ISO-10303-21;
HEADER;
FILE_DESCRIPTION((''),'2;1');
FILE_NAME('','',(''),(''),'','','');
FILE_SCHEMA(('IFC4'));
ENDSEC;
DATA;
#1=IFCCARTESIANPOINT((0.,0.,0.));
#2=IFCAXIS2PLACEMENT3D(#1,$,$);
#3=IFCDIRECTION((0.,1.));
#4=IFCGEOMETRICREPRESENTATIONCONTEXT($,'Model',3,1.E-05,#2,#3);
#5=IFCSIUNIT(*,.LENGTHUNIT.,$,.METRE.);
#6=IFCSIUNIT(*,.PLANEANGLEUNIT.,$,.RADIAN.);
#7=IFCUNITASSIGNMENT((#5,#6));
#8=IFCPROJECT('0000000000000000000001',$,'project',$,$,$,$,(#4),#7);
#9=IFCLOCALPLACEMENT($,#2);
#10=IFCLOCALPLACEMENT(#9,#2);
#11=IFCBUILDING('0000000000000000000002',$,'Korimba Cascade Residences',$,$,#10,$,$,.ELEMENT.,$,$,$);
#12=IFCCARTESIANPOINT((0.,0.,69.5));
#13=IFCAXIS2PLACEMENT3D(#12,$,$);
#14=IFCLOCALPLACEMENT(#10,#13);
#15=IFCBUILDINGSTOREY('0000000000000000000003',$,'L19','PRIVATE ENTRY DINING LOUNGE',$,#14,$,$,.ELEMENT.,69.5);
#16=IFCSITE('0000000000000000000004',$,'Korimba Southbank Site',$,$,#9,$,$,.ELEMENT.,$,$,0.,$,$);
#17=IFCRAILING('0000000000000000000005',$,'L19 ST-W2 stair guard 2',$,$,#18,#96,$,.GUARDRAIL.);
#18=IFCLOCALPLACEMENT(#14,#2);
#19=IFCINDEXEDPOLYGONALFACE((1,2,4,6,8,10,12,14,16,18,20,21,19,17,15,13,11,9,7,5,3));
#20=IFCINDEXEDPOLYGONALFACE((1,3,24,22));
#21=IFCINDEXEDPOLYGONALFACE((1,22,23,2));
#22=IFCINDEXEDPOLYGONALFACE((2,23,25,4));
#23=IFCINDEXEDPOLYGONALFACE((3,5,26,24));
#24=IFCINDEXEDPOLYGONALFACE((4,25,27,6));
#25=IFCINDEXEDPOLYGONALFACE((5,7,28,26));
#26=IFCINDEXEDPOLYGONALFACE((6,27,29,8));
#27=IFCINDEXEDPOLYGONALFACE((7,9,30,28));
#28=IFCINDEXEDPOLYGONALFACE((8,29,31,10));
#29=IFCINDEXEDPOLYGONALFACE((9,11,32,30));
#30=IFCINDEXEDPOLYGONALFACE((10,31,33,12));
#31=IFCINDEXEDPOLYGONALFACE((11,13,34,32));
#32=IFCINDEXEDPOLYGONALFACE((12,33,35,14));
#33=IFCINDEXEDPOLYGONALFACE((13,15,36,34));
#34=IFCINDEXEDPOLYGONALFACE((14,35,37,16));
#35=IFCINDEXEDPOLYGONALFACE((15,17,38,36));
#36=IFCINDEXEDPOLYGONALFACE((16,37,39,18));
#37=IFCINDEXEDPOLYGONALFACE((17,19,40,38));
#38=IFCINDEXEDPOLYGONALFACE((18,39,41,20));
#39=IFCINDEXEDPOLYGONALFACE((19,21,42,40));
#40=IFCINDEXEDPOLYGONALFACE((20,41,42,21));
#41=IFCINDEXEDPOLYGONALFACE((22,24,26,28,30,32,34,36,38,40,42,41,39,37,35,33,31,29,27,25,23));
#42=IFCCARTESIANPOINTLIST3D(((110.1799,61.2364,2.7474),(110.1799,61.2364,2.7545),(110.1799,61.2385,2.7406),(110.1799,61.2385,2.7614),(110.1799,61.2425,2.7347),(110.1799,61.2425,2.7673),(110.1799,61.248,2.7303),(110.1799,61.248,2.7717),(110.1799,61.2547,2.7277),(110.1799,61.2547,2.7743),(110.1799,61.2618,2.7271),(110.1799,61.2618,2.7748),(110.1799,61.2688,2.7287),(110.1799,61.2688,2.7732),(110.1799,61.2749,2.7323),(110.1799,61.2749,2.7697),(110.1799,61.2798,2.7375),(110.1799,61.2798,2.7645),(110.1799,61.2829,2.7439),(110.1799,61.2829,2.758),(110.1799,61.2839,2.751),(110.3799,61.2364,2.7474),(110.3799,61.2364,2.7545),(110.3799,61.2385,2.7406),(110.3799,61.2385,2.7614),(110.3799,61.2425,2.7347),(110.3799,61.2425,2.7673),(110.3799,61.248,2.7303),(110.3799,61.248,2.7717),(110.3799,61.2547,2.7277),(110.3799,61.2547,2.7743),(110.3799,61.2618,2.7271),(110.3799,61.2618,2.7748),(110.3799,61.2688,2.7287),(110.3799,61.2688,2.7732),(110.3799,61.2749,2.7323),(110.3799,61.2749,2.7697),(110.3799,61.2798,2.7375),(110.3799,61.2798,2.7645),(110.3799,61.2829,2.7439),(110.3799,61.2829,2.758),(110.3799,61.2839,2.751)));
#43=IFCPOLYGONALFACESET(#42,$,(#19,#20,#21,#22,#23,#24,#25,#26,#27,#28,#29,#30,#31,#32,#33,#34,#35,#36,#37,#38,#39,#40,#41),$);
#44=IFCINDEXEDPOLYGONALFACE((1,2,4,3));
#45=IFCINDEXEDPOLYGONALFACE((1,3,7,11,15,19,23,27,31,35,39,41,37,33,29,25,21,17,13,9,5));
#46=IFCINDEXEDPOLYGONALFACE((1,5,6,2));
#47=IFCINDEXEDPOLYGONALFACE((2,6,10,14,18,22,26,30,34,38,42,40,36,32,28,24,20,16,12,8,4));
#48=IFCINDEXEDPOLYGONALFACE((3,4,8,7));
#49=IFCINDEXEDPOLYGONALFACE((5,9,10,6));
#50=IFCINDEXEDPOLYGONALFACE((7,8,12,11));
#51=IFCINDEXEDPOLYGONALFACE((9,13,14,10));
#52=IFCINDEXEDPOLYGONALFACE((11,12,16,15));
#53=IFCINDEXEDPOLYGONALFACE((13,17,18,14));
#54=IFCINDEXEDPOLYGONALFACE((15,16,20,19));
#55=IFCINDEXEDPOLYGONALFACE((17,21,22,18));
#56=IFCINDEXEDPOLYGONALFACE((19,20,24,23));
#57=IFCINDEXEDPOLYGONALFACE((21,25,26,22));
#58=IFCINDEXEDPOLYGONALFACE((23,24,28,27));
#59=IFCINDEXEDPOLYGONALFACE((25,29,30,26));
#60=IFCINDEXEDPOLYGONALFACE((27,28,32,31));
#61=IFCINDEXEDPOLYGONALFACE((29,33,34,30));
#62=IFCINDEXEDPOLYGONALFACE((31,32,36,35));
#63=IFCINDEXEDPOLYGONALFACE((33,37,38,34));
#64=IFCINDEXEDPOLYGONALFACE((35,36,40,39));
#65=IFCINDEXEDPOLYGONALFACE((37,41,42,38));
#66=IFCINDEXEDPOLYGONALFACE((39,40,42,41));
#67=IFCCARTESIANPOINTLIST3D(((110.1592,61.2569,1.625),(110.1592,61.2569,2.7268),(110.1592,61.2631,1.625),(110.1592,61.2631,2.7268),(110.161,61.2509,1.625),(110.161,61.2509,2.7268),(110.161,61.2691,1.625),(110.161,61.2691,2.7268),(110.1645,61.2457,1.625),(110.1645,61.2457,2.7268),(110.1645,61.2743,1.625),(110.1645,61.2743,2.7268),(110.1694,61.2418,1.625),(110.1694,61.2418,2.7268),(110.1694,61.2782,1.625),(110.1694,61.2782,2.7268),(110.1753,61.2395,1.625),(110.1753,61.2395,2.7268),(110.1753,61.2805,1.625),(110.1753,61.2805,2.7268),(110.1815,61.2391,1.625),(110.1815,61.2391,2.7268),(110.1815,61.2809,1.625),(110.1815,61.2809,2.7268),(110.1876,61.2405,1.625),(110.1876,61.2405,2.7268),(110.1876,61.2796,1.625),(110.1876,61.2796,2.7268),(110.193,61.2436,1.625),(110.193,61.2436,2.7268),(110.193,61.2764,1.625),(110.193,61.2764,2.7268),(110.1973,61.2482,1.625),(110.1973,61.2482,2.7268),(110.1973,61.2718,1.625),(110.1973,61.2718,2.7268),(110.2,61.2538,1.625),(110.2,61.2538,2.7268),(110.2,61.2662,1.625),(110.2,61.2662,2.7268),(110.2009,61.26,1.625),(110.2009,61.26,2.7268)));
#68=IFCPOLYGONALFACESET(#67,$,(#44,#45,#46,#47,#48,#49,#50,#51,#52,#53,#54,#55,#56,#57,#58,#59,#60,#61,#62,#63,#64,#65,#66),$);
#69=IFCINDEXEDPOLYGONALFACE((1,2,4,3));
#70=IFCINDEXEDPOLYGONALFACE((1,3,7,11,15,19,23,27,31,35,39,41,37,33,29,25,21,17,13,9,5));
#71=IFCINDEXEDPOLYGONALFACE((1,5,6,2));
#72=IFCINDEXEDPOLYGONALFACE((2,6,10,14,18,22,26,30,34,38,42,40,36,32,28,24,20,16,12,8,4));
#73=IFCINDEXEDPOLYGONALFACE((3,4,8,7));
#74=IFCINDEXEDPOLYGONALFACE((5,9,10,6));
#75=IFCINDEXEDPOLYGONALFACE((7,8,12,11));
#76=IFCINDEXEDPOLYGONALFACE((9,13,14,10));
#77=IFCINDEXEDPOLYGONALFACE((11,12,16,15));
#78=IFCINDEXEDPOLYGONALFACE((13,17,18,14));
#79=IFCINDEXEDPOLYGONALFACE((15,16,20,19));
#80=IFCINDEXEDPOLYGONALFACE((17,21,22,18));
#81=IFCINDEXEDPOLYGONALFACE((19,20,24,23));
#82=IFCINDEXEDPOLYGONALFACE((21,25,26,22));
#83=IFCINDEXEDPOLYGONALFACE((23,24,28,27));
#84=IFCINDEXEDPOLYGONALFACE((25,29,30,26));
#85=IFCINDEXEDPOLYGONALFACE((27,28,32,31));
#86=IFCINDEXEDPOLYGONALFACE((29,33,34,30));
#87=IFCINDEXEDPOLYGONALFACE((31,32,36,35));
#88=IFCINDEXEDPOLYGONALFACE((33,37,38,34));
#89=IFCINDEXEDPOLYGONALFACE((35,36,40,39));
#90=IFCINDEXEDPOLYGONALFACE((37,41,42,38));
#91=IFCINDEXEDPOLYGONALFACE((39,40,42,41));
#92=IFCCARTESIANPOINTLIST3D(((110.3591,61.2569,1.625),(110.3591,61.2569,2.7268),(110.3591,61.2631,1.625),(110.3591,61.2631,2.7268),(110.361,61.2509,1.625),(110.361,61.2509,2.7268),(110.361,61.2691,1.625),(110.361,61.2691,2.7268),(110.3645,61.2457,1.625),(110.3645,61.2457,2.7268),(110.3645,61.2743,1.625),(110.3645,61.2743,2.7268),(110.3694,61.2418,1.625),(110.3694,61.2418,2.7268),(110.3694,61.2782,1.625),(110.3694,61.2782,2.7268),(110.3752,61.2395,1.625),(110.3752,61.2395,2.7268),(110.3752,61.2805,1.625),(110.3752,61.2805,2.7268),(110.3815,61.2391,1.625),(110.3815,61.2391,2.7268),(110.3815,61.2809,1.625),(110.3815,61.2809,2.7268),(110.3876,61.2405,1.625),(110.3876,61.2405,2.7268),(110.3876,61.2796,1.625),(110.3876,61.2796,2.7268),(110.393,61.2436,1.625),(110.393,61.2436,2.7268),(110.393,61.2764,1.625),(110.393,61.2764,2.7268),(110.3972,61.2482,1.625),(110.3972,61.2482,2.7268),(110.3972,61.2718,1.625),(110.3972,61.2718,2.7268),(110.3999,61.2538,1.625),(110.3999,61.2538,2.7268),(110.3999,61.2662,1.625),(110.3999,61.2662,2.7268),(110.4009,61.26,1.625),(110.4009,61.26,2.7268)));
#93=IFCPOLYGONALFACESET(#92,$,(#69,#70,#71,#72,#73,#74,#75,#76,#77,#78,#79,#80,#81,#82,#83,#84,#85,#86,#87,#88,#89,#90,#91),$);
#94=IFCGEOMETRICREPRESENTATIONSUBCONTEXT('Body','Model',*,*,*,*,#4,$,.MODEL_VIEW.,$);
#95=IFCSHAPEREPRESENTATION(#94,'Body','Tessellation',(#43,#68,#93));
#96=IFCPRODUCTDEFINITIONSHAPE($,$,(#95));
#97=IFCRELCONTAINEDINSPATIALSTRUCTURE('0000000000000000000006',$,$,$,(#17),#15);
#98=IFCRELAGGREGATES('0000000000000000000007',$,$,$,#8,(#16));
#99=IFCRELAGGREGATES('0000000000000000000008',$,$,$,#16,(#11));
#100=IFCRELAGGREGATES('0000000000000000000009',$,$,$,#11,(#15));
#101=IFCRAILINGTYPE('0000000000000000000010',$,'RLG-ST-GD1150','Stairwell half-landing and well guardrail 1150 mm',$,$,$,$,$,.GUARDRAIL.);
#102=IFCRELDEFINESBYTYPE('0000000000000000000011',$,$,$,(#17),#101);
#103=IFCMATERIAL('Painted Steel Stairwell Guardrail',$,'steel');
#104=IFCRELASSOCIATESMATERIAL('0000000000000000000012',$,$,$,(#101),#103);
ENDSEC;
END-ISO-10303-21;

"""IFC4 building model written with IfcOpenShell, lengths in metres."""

from ifc_helpers import new_model, si_unit, direction, frame, origin, origin_2d, place, context, subcontext, project, spatial, circle, extrude, material, type_object, element, save


model = new_model("IFC4")

# Units and contexts
model_context = context("Model", 3, precision=1e-05, world=origin(), true_north=direction((0.0, 1.0)))
body_context = subcontext(model_context, "Body", "Model", "MODEL_VIEW")
ifc_project = project(units=[si_unit("LENGTHUNIT", "METRE"), si_unit("PLANEANGLEUNIT", "RADIAN")], contexts=[model_context])

# Site, building, storey
site_placement = place(None, origin())
site = spatial("IfcSite", under=ifc_project, at=site_placement, Name="Korimba Southbank Site", CompositionType="ELEMENT", RefElevation=0.0)
building_placement = place(site_placement, origin())
building = spatial("IfcBuilding", under=site, at=building_placement, Name="Korimba Cascade Residences", CompositionType="ELEMENT")
storey_placement = place(building_placement, frame((0.0, 0.0, 69.5)))
storey = spatial("IfcBuildingStorey", under=building, at=storey_placement, Name="L19", Description="PRIVATE ENTRY DINING LOUNGE", CompositionType="ELEMENT", Elevation=69.5)

# Railing
ifc_material_1 = material(Name="Painted Steel Stairwell Guardrail", Category="steel")
railing_type_1 = type_object("IfcRailingType", Name="RLG-ST-GD1150", Description="Stairwell half-landing and well guardrail 1150 mm", PredefinedType="GUARDRAIL", material=ifc_material_1)
railing_1_placement = place(storey_placement, frame((110.1799, 61.26, 1.625)))
element("IfcRailing", 1, at=railing_1_placement, inside=storey, type_object=railing_type_1, Name="L19 ST-W2 stair guard 2", PredefinedType="GUARDRAIL", context=body_context, shape_type="SweptSolid", body=[
    extrude(circle(Radius=0.0239, at=origin_2d()), frame((0.0, 0.0, 1.126), z_axis=(1.0, 0.0, 0.0), x_axis=(0.0, 1.0, 0.0)), (0.0, 0.0, 1.0), 0.2),
    extrude(circle(Radius=0.021, at=origin_2d()), origin(), (0.0, 0.0, 1.0), 1.1018),
    extrude(circle(Radius=0.021, at=origin_2d()), frame((0.2, 0.0, 0.0)), (0.0, 0.0, 1.0), 1.1018),
])

save(model, "model.ifc")
